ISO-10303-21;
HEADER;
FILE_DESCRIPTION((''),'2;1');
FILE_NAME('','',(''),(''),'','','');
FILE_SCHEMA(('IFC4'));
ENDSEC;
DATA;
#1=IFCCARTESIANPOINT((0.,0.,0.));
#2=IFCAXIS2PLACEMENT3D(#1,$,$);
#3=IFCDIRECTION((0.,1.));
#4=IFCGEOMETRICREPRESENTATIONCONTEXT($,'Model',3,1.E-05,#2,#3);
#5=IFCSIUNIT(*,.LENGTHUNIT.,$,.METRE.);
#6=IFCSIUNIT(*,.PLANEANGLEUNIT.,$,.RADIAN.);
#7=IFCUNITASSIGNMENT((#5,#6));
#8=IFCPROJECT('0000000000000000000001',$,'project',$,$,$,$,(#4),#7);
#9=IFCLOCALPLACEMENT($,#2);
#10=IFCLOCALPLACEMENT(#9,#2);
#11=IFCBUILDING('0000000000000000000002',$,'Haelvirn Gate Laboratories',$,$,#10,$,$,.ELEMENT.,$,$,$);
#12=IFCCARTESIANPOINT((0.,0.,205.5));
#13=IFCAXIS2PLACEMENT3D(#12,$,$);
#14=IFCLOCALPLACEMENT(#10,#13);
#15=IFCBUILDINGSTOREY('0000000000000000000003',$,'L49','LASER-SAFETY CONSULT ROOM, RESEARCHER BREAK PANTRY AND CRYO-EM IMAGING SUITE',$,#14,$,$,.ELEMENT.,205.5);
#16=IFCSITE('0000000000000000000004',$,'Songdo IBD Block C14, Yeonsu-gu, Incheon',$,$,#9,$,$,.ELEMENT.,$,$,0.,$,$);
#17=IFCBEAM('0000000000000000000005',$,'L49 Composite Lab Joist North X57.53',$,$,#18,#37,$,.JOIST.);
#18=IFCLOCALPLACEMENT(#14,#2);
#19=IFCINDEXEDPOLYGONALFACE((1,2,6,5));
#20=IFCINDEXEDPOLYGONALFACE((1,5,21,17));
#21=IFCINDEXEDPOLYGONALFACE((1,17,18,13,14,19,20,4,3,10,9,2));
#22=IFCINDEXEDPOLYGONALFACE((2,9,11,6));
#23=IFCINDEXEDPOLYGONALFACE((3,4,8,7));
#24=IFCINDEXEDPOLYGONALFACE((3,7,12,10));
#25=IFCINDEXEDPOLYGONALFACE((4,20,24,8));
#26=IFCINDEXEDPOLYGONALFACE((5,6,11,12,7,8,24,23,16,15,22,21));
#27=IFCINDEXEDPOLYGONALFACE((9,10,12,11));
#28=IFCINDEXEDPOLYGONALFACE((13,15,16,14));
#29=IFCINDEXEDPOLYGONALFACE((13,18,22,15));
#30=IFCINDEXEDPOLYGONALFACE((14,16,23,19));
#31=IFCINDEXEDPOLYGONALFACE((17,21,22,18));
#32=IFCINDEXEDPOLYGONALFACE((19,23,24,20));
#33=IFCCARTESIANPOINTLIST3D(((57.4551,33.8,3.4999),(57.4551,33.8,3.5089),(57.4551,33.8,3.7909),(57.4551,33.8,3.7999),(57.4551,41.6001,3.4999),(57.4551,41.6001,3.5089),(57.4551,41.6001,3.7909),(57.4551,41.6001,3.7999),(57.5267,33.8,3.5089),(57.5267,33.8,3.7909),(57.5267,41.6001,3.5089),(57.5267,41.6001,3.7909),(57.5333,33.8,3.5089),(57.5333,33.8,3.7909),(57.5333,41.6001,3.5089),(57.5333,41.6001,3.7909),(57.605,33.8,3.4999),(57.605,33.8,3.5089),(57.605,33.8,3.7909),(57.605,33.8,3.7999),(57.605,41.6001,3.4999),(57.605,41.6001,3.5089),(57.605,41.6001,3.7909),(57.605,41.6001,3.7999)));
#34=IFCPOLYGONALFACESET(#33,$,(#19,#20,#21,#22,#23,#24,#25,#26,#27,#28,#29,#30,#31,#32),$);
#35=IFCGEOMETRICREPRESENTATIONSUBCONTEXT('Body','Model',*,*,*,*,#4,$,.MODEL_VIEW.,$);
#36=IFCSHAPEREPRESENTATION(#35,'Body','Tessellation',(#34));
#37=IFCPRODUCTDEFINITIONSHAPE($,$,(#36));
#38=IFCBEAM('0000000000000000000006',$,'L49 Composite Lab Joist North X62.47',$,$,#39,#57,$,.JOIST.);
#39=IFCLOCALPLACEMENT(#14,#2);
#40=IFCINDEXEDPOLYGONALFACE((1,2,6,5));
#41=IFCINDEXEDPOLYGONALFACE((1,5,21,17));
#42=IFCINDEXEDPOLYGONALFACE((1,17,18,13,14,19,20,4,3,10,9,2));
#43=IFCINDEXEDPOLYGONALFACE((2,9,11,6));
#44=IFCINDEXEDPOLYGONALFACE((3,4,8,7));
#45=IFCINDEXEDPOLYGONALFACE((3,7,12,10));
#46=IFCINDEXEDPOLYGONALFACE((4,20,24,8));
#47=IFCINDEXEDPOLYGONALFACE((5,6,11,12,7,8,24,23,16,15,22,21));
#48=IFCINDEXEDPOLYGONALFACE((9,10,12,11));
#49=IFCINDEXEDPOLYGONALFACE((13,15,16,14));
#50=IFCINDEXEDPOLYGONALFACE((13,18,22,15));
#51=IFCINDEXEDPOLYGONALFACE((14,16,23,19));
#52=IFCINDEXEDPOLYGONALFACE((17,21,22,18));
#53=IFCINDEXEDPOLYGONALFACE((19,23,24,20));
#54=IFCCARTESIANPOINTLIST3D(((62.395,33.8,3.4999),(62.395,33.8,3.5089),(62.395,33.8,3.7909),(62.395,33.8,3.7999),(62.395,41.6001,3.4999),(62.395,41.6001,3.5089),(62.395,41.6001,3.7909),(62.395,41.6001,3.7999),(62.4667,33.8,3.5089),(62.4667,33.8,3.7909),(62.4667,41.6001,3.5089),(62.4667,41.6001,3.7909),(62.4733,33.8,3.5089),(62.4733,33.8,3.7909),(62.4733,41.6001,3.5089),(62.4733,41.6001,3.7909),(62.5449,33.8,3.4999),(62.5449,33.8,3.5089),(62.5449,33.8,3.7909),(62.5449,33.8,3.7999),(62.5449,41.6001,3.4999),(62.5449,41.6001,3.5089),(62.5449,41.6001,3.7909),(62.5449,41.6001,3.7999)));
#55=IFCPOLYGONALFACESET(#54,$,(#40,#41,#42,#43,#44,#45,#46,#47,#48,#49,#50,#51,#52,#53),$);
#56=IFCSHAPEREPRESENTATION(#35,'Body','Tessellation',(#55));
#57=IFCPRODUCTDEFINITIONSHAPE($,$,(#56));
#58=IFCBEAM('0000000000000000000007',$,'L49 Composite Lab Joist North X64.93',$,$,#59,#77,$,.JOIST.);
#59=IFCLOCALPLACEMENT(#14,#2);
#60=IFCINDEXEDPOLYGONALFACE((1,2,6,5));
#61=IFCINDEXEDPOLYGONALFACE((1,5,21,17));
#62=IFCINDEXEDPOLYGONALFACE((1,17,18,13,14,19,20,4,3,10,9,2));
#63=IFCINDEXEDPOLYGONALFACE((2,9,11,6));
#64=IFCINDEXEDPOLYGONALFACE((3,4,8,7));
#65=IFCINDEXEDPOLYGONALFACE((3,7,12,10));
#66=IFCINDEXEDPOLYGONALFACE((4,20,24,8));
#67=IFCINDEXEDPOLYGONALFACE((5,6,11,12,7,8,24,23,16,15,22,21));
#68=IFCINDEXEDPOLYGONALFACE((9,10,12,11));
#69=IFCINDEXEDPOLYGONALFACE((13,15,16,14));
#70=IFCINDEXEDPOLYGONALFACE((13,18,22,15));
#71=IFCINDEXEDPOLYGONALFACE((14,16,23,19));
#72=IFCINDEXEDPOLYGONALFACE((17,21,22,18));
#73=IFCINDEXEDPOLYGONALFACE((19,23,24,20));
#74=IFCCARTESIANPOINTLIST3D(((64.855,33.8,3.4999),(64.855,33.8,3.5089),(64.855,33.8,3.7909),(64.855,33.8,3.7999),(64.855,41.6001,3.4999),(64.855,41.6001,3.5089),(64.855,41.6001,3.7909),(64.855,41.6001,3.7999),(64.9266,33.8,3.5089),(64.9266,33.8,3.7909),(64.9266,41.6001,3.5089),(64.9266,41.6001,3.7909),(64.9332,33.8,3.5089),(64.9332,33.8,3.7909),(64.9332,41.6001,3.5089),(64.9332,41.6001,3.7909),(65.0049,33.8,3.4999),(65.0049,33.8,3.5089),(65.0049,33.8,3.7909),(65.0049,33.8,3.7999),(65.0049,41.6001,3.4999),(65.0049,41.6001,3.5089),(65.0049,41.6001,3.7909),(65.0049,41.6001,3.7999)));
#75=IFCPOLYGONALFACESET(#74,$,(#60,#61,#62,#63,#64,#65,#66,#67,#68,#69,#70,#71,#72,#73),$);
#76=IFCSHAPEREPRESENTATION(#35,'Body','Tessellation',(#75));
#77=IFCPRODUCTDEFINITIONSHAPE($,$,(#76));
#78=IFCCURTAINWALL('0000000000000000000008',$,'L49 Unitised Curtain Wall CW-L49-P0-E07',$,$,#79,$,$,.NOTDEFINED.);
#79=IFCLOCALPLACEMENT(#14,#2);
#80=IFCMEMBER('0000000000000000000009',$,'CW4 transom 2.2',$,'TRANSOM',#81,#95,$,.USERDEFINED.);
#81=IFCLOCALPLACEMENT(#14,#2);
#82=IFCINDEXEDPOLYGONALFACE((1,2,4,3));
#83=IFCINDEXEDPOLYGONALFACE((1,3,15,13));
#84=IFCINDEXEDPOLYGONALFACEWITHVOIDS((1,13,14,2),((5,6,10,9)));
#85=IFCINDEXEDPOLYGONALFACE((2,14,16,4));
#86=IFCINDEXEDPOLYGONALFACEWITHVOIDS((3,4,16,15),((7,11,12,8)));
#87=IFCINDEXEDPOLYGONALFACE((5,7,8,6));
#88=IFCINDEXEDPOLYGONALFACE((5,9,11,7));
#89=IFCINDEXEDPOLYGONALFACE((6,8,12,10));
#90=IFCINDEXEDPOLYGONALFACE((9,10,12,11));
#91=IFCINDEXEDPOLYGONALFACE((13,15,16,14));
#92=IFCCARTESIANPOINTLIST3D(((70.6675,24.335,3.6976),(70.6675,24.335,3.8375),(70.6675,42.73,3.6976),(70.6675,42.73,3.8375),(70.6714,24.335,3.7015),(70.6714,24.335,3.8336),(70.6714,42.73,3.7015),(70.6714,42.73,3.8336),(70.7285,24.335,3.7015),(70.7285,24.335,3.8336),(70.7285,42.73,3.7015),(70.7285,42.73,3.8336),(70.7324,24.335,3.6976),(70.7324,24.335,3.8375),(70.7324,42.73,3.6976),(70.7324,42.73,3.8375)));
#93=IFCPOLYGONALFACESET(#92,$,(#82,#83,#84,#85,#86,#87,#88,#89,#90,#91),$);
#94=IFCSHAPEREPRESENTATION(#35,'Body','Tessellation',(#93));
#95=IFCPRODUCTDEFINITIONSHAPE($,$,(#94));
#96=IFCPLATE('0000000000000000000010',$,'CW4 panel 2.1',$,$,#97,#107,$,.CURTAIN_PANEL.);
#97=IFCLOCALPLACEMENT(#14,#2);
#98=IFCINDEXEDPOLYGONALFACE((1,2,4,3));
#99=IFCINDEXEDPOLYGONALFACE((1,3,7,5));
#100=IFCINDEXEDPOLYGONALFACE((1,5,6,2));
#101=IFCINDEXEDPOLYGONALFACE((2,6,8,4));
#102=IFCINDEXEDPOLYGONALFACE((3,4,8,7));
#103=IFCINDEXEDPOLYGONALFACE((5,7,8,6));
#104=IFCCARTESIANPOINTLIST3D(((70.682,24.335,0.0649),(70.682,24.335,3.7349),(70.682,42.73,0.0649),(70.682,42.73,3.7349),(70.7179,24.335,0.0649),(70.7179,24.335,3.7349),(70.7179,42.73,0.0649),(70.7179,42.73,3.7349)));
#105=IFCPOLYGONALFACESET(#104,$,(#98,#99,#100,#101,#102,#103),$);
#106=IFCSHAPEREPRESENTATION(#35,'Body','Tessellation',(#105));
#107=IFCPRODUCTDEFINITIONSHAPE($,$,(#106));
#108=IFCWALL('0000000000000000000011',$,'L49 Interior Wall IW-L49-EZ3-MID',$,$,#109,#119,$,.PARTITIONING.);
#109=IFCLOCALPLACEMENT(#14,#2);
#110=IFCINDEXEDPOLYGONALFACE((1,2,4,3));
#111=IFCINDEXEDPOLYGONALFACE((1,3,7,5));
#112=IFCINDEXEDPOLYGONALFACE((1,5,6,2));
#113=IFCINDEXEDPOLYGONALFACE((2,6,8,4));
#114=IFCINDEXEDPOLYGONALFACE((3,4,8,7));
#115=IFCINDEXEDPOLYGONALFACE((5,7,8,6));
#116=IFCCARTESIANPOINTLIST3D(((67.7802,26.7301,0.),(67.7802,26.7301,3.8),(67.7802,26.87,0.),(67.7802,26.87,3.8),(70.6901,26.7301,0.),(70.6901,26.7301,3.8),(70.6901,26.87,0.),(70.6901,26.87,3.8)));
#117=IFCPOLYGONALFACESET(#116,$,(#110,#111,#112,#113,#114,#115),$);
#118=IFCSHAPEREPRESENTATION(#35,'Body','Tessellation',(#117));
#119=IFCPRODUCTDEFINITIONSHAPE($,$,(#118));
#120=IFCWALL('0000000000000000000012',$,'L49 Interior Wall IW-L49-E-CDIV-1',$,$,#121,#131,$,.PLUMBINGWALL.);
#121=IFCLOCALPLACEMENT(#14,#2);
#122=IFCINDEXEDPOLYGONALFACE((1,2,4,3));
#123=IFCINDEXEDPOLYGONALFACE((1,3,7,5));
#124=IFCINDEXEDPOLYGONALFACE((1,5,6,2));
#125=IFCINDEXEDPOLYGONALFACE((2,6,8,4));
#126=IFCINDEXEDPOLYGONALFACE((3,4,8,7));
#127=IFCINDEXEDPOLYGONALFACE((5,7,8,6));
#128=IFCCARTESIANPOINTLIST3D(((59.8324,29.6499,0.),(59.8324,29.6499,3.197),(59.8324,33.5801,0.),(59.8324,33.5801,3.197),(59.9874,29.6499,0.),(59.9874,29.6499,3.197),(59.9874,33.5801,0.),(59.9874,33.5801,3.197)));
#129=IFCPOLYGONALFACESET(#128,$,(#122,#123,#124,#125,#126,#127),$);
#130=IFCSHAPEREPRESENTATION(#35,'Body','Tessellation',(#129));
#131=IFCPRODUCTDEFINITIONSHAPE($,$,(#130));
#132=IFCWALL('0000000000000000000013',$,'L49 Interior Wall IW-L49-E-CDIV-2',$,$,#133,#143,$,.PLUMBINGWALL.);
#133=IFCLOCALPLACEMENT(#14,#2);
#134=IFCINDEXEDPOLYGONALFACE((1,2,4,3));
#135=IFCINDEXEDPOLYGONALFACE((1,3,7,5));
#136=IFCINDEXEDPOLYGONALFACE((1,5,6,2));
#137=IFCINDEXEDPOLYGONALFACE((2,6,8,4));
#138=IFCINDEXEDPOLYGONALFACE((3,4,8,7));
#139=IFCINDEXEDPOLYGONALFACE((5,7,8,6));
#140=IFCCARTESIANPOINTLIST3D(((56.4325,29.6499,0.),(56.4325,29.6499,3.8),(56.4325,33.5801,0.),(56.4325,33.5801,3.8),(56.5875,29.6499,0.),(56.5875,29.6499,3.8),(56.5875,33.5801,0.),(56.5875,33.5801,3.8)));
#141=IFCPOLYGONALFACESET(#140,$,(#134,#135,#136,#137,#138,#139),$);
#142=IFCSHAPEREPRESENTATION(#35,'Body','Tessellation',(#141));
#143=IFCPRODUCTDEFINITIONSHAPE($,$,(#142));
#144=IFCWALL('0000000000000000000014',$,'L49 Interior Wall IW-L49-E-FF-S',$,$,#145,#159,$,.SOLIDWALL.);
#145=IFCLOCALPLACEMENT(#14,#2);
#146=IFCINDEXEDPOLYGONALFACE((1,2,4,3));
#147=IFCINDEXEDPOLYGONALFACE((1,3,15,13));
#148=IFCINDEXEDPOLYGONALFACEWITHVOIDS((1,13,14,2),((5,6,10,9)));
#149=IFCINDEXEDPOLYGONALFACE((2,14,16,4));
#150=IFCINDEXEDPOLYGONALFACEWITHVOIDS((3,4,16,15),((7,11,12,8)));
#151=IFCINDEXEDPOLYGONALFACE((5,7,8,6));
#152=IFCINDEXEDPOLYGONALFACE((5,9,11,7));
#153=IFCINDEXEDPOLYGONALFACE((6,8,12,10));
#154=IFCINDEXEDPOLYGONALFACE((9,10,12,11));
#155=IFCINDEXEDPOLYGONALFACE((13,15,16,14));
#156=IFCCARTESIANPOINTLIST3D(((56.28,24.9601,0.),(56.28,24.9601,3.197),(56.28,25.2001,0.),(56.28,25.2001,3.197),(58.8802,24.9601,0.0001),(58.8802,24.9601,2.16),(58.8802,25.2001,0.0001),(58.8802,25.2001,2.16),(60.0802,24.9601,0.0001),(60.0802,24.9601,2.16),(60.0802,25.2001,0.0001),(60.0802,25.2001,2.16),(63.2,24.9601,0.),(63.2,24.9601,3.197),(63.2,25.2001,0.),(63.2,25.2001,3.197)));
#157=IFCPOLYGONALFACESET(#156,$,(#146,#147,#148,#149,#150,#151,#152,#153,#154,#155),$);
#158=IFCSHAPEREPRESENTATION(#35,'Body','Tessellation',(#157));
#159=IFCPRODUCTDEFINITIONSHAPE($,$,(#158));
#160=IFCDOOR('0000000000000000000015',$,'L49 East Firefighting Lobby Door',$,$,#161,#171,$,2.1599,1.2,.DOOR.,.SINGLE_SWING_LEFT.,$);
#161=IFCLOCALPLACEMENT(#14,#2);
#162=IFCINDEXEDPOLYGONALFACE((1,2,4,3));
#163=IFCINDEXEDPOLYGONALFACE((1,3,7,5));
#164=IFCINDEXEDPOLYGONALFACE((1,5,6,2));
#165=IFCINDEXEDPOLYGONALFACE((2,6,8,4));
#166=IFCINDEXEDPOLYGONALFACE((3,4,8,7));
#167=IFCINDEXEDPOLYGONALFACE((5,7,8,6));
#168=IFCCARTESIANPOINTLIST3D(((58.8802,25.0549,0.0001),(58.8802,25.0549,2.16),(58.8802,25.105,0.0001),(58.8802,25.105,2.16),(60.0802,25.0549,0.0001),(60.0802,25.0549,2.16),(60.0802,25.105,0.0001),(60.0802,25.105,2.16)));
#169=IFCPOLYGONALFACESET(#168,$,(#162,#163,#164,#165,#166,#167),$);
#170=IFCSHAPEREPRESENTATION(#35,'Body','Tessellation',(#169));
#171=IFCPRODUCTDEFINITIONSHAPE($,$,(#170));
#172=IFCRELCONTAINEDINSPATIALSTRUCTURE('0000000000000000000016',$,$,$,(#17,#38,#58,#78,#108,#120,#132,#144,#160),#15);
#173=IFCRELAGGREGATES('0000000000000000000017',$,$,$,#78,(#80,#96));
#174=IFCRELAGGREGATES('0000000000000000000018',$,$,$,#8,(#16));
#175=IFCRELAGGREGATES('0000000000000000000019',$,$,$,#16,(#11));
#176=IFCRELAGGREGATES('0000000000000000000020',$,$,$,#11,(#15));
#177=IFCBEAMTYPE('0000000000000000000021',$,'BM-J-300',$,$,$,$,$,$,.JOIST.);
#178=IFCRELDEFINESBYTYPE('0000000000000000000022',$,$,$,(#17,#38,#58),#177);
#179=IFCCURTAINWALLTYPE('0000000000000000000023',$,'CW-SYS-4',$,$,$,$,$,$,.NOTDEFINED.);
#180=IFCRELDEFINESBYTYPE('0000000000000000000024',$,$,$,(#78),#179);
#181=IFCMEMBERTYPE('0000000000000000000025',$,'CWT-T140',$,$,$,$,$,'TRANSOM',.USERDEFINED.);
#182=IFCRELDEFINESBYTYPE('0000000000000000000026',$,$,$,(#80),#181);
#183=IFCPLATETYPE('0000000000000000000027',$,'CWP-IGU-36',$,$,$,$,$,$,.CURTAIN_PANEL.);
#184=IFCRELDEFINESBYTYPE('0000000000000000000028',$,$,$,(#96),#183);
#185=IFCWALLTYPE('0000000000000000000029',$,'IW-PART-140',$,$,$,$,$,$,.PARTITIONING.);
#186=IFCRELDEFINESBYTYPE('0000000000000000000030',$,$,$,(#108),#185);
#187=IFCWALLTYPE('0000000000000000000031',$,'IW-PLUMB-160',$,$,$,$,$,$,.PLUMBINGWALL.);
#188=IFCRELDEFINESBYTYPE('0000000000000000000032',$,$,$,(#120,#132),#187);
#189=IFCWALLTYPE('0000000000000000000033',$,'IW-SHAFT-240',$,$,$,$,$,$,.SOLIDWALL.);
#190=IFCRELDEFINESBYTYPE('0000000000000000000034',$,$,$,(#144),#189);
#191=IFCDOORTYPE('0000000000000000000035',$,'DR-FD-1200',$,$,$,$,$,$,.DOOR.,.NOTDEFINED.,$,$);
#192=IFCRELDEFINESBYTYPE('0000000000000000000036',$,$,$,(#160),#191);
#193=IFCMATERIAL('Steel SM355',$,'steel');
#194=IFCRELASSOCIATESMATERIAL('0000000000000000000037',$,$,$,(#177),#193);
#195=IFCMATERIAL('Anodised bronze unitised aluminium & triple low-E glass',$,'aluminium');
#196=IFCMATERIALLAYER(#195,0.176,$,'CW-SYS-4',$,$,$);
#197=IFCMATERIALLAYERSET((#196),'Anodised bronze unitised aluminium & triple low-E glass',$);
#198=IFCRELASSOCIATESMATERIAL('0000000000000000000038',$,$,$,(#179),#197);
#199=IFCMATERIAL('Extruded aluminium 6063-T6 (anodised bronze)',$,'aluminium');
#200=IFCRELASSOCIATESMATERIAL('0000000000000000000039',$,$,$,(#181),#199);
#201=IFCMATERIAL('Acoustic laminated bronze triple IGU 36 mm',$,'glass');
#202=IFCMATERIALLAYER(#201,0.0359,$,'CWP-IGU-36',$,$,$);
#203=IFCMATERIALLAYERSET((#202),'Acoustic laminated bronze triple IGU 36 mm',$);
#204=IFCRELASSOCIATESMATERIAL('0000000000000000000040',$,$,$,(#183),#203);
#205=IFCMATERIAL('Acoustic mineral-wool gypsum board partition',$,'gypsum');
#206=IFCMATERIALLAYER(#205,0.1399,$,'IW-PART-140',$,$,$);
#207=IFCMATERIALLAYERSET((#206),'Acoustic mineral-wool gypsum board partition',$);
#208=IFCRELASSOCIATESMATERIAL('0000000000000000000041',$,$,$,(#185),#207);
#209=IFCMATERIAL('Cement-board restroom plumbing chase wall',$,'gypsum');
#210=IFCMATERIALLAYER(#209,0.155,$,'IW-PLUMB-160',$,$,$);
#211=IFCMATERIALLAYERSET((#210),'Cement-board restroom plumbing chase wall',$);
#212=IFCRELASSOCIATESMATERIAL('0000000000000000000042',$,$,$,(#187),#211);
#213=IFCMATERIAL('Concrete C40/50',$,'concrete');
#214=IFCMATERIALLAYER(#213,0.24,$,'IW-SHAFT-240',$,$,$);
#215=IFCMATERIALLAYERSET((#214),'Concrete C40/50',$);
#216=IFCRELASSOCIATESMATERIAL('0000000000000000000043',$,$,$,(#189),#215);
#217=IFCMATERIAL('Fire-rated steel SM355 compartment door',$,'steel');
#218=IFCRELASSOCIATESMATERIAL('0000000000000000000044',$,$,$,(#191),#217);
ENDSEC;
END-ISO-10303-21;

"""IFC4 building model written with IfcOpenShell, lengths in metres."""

from ifc_helpers import new_model, si_unit, direction, frame, frame_2d, origin, origin_2d, place, context, subcontext, project, spatial, rectangle, hollow_rectangle, i_section, extrude, source, transform, mapped, material, layer, layer_set, material_profile, profile_set, type_object, type_shapes, element, fill, aggregate, save


model = new_model("IFC4")

# Units and contexts
model_context = context("Model", 3, precision=1e-05, world=origin(), true_north=direction((0.0, 1.0)))
body_context = subcontext(model_context, "Body", "Model", "MODEL_VIEW")
ifc_project = project(units=[si_unit("LENGTHUNIT", "METRE"), si_unit("PLANEANGLEUNIT", "RADIAN")], contexts=[model_context])

# Site, building, storey
site_placement = place(None, origin())
site = spatial("IfcSite", under=ifc_project, at=site_placement, Name="Songdo IBD Block C14, Yeonsu-gu, Incheon", CompositionType="ELEMENT", RefElevation=0.0)
building_placement = place(site_placement, origin())
building = spatial("IfcBuilding", under=site, at=building_placement, Name="Haelvirn Gate Laboratories", CompositionType="ELEMENT")
storey_placement = place(building_placement, frame((0.0, 0.0, 205.5)))
storey = spatial("IfcBuildingStorey", under=building, at=storey_placement, Name="L49", Description="LASER-SAFETY CONSULT ROOM, RESEARCHER BREAK PANTRY AND CRYO-EM IMAGING SUITE", CompositionType="ELEMENT", Elevation=205.5)

# Beams
ifc_material_1 = material(Name="Steel SM355", Category="steel")
ifc_material_profile_1 = material_profile(ifc_material_1, i_section(OverallWidth=0.1499, OverallDepth=0.3, WebThickness=0.0066, FlangeThickness=0.009, at=origin_2d()), Name="H-300x150x6.5x9")
ifc_profile_set_1 = profile_set([ifc_material_profile_1], Name="Steel SM355")
beam_type = type_object("IfcBeamType", Name="BM-J-300", PredefinedType="JOIST", material=ifc_profile_set_1)
shared_shape_1 = source(origin(), body_context, "Body", "SweptSolid", [
    extrude(i_section(OverallWidth=0.1499, OverallDepth=0.3, WebThickness=0.0066, FlangeThickness=0.009, at=origin_2d()), origin(), (0.0, 0.0, 1.0), 7.8),
])
type_shapes(beam_type, [shared_shape_1])
for number, where, z_axis, x_axis, name in (
    (1, (57.53, 33.8, 3.6499), (0.0, 1.0, 0.0), (-1.0, 0.0, 0.0), "L49 Composite Lab Joist North X57.53"),
    (2, (62.47, 33.8, 3.6499), (0.0, 1.0, 0.0), (-1.0, 0.0, 0.0), "L49 Composite Lab Joist North X62.47"),
    (3, (64.9299, 33.8, 3.6499), (0.0, 1.0, 0.0), (-1.0, 0.0, 0.0), "L49 Composite Lab Joist North X64.93"),
):
    element("IfcBeam", number, at=place(storey_placement, frame(where, z_axis=z_axis, x_axis=x_axis)), inside=storey, type_object=beam_type, Name=name, PredefinedType="JOIST", context=body_context, shape_type="MappedRepresentation", body=[
        mapped(shared_shape_1, transform((0.0, 0.0, 0.0), scale=1.0)),
    ])

# Curtain wall, member, plate
ifc_material_2 = material(Name="Anodised bronze unitised aluminium & triple low-E glass", Category="aluminium")
ifc_layer_1 = layer(ifc_material_2, 0.176, Name="CW-SYS-4")
ifc_layer_set_1 = layer_set([ifc_layer_1], Name="Anodised bronze unitised aluminium & triple low-E glass")
curtain_wall_type = type_object("IfcCurtainWallType", Name="CW-SYS-4", PredefinedType="NOTDEFINED", material=ifc_layer_set_1)
curtain_wall_placement = place(storey_placement, origin())
curtain_wall = element("IfcCurtainWall", 4, at=curtain_wall_placement, inside=storey, type_object=curtain_wall_type, Name="L49 Unitised Curtain Wall CW-L49-P0-E07", PredefinedType="NOTDEFINED")
ifc_material_3 = material(Name="Extruded aluminium 6063-T6 (anodised bronze)", Category="aluminium")
ifc_material_profile_2 = material_profile(ifc_material_3, hollow_rectangle(XDim=0.0649, YDim=0.1399, WallThickness=0.0039, at=origin_2d()), Name="CWT-140x65x4")
ifc_profile_set_2 = profile_set([ifc_material_profile_2], Name="Extruded aluminium 6063-T6 (anodised bronze)")
member_type = type_object("IfcMemberType", Name="CWT-T140", ElementType="TRANSOM", PredefinedType="USERDEFINED", material=ifc_profile_set_2)
shared_shape_2 = source(origin(), body_context, "Body", "SweptSolid", [
    extrude(hollow_rectangle(XDim=0.0649, YDim=0.1399, WallThickness=0.0039, at=origin_2d()), origin(), (0.0, 0.0, 1.0), 18.395),
])
type_shapes(member_type, [shared_shape_2])
member_placement = place(storey_placement, frame((70.7, 24.335, 3.7676), z_axis=(0.0, 1.0, 0.0), x_axis=(-1.0, 0.0, 0.0)))
member = element("IfcMember", 5, at=member_placement, type_object=member_type, Name="CW4 transom 2.2", ObjectType="TRANSOM", PredefinedType="USERDEFINED", context=body_context, shape_type="MappedRepresentation", body=[
    mapped(shared_shape_2, transform((0.0, 0.0, 0.0), scale=1.0)),
])
ifc_material_4 = material(Name="Acoustic laminated bronze triple IGU 36 mm", Category="glass")
ifc_layer_2 = layer(ifc_material_4, 0.0359, Name="CWP-IGU-36")
ifc_layer_set_2 = layer_set([ifc_layer_2], Name="Acoustic laminated bronze triple IGU 36 mm")
plate_type = type_object("IfcPlateType", Name="CWP-IGU-36", PredefinedType="CURTAIN_PANEL", material=ifc_layer_set_2)
shared_shape_3 = source(origin(), body_context, "Body", "SweptSolid", [
    extrude(rectangle(XDim=18.395, YDim=0.0359, at=origin_2d()), origin(), (0.0, 0.0, 1.0), 3.6699),
])
type_shapes(plate_type, [shared_shape_3])
plate_placement = place(storey_placement, frame((70.7, 33.5325, 0.0649), z_axis=(0.0, 0.0, 1.0), x_axis=(0.0, 1.0, 0.0)))
plate = element("IfcPlate", 6, at=plate_placement, type_object=plate_type, Name="CW4 panel 2.1", PredefinedType="CURTAIN_PANEL", context=body_context, shape_type="MappedRepresentation", body=[
    mapped(shared_shape_3, transform((0.0, 0.0, 0.0), scale=1.0)),
])
aggregate(curtain_wall, [member, plate])

# Walls
ifc_material_5 = material(Name="Acoustic mineral-wool gypsum board partition", Category="gypsum")
ifc_layer_3 = layer(ifc_material_5, 0.1399, Name="IW-PART-140")
ifc_layer_set_3 = layer_set([ifc_layer_3], Name="Acoustic mineral-wool gypsum board partition")
wall_type_1 = type_object("IfcWallType", Name="IW-PART-140", PredefinedType="PARTITIONING", material=ifc_layer_set_3)
wall_1_placement = place(storey_placement, frame((67.78, 26.8, 0.0), z_axis=(0.0, 0.0, 1.0), x_axis=(1.0, 0.0, 0.0)))
element("IfcWall", 7, at=wall_1_placement, inside=storey, type_object=wall_type_1, Name="L49 Interior Wall IW-L49-EZ3-MID", PredefinedType="PARTITIONING", context=body_context, shape_type="SweptSolid", body=[
    extrude(rectangle(XDim=2.9099, YDim=0.1399, at=frame_2d((1.4551, 0.0))), origin(), (0.0, 0.0, 1.0), 3.8),
])
ifc_material_6 = material(Name="Cement-board restroom plumbing chase wall", Category="gypsum")
ifc_layer_4 = layer(ifc_material_6, 0.155, Name="IW-PLUMB-160")
ifc_layer_set_4 = layer_set([ifc_layer_4], Name="Cement-board restroom plumbing chase wall")
wall_type_2 = type_object("IfcWallType", Name="IW-PLUMB-160", PredefinedType="PLUMBINGWALL", material=ifc_layer_set_4)
wall_2_placement = place(storey_placement, frame((59.9099, 29.6499, 0.0), z_axis=(0.0, 0.0, 1.0), x_axis=(0.0, 1.0, 0.0)))
element("IfcWall", 8, at=wall_2_placement, inside=storey, type_object=wall_type_2, Name="L49 Interior Wall IW-L49-E-CDIV-1", PredefinedType="PLUMBINGWALL", context=body_context, shape_type="SweptSolid", body=[
    extrude(rectangle(XDim=3.9302, YDim=0.155, at=frame_2d((1.9651, 0.0))), origin(), (0.0, 0.0, 1.0), 3.197),
])
wall_3_placement = place(storey_placement, frame((56.51, 29.6499, 0.0), z_axis=(0.0, 0.0, 1.0), x_axis=(0.0, 1.0, 0.0)))
element("IfcWall", 9, at=wall_3_placement, inside=storey, type_object=wall_type_2, Name="L49 Interior Wall IW-L49-E-CDIV-2", PredefinedType="PLUMBINGWALL", context=body_context, shape_type="SweptSolid", body=[
    extrude(rectangle(XDim=3.9302, YDim=0.155, at=frame_2d((1.9651, 0.0))), origin(), (0.0, 0.0, 1.0), 3.8),
])

# Wall, opening, door
ifc_material_7 = material(Name="Concrete C40/50", Category="concrete")
ifc_layer_5 = layer(ifc_material_7, 0.24, Name="IW-SHAFT-240")
ifc_layer_set_5 = layer_set([ifc_layer_5], Name="Concrete C40/50")
wall_type_3 = type_object("IfcWallType", Name="IW-SHAFT-240", PredefinedType="SOLIDWALL", material=ifc_layer_set_5)
wall_4_placement = place(storey_placement, frame((56.28, 25.0801, 0.0), z_axis=(0.0, 0.0, 1.0), x_axis=(1.0, 0.0, 0.0)))
wall_4 = element("IfcWall", 10, at=wall_4_placement, inside=storey, type_object=wall_type_3, Name="L49 Interior Wall IW-L49-E-FF-S", PredefinedType="SOLIDWALL", context=body_context, shape_type="SweptSolid", body=[
    extrude(rectangle(XDim=6.9199, YDim=0.24, at=frame_2d((3.46, 0.0))), origin(), (0.0, 0.0, 1.0), 3.197),
])
opening_1_placement = place(wall_4_placement, frame((2.6001, 0.0, 0.0)))
opening_1 = element("IfcOpeningElement", 11, at=opening_1_placement, cuts=wall_4, PredefinedType="OPENING", context=body_context, shape_type="SweptSolid", body=[
    extrude(rectangle(XDim=1.2, YDim=2.1599, at=frame_2d((0.6001, 1.0801))), frame((0.0, 0.1299, 0.0), z_axis=(0.0, -1.0, 0.0), x_axis=(1.0, 0.0, 0.0)), (0.0, 0.0, 1.0), 0.26),
])
ifc_material_8 = material(Name="Fire-rated steel SM355 compartment door", Category="steel")
door_type_1 = type_object("IfcDoorType", Name="DR-FD-1200", OperationType="NOTDEFINED", PredefinedType="DOOR", material=ifc_material_8)
shared_shape_4 = source(origin(), body_context, "Body", "SweptSolid", [
    extrude(rectangle(XDim=1.2, YDim=2.1599, at=frame_2d((0.6001, 1.0801))), frame((0.0, 0.0249, 0.0), z_axis=(0.0, -1.0, 0.0), x_axis=(1.0, 0.0, 0.0)), (0.0, 0.0, 1.0), 0.05),
])
type_shapes(door_type_1, [shared_shape_4])
door_1_placement = place(opening_1_placement, origin())
door_1 = element("IfcDoor", 12, at=door_1_placement, inside=storey, type_object=door_type_1, Name="L49 East Firefighting Lobby Door", OperationType="SINGLE_SWING_LEFT", OverallHeight=2.1599, OverallWidth=1.2, PredefinedType="DOOR", context=body_context, shape_type="MappedRepresentation", body=[
    mapped(shared_shape_4, transform((0.0, 0.0, 0.0), scale=1.0)),
])
fill(opening_1, door_1)

save(model, "model.ifc")
